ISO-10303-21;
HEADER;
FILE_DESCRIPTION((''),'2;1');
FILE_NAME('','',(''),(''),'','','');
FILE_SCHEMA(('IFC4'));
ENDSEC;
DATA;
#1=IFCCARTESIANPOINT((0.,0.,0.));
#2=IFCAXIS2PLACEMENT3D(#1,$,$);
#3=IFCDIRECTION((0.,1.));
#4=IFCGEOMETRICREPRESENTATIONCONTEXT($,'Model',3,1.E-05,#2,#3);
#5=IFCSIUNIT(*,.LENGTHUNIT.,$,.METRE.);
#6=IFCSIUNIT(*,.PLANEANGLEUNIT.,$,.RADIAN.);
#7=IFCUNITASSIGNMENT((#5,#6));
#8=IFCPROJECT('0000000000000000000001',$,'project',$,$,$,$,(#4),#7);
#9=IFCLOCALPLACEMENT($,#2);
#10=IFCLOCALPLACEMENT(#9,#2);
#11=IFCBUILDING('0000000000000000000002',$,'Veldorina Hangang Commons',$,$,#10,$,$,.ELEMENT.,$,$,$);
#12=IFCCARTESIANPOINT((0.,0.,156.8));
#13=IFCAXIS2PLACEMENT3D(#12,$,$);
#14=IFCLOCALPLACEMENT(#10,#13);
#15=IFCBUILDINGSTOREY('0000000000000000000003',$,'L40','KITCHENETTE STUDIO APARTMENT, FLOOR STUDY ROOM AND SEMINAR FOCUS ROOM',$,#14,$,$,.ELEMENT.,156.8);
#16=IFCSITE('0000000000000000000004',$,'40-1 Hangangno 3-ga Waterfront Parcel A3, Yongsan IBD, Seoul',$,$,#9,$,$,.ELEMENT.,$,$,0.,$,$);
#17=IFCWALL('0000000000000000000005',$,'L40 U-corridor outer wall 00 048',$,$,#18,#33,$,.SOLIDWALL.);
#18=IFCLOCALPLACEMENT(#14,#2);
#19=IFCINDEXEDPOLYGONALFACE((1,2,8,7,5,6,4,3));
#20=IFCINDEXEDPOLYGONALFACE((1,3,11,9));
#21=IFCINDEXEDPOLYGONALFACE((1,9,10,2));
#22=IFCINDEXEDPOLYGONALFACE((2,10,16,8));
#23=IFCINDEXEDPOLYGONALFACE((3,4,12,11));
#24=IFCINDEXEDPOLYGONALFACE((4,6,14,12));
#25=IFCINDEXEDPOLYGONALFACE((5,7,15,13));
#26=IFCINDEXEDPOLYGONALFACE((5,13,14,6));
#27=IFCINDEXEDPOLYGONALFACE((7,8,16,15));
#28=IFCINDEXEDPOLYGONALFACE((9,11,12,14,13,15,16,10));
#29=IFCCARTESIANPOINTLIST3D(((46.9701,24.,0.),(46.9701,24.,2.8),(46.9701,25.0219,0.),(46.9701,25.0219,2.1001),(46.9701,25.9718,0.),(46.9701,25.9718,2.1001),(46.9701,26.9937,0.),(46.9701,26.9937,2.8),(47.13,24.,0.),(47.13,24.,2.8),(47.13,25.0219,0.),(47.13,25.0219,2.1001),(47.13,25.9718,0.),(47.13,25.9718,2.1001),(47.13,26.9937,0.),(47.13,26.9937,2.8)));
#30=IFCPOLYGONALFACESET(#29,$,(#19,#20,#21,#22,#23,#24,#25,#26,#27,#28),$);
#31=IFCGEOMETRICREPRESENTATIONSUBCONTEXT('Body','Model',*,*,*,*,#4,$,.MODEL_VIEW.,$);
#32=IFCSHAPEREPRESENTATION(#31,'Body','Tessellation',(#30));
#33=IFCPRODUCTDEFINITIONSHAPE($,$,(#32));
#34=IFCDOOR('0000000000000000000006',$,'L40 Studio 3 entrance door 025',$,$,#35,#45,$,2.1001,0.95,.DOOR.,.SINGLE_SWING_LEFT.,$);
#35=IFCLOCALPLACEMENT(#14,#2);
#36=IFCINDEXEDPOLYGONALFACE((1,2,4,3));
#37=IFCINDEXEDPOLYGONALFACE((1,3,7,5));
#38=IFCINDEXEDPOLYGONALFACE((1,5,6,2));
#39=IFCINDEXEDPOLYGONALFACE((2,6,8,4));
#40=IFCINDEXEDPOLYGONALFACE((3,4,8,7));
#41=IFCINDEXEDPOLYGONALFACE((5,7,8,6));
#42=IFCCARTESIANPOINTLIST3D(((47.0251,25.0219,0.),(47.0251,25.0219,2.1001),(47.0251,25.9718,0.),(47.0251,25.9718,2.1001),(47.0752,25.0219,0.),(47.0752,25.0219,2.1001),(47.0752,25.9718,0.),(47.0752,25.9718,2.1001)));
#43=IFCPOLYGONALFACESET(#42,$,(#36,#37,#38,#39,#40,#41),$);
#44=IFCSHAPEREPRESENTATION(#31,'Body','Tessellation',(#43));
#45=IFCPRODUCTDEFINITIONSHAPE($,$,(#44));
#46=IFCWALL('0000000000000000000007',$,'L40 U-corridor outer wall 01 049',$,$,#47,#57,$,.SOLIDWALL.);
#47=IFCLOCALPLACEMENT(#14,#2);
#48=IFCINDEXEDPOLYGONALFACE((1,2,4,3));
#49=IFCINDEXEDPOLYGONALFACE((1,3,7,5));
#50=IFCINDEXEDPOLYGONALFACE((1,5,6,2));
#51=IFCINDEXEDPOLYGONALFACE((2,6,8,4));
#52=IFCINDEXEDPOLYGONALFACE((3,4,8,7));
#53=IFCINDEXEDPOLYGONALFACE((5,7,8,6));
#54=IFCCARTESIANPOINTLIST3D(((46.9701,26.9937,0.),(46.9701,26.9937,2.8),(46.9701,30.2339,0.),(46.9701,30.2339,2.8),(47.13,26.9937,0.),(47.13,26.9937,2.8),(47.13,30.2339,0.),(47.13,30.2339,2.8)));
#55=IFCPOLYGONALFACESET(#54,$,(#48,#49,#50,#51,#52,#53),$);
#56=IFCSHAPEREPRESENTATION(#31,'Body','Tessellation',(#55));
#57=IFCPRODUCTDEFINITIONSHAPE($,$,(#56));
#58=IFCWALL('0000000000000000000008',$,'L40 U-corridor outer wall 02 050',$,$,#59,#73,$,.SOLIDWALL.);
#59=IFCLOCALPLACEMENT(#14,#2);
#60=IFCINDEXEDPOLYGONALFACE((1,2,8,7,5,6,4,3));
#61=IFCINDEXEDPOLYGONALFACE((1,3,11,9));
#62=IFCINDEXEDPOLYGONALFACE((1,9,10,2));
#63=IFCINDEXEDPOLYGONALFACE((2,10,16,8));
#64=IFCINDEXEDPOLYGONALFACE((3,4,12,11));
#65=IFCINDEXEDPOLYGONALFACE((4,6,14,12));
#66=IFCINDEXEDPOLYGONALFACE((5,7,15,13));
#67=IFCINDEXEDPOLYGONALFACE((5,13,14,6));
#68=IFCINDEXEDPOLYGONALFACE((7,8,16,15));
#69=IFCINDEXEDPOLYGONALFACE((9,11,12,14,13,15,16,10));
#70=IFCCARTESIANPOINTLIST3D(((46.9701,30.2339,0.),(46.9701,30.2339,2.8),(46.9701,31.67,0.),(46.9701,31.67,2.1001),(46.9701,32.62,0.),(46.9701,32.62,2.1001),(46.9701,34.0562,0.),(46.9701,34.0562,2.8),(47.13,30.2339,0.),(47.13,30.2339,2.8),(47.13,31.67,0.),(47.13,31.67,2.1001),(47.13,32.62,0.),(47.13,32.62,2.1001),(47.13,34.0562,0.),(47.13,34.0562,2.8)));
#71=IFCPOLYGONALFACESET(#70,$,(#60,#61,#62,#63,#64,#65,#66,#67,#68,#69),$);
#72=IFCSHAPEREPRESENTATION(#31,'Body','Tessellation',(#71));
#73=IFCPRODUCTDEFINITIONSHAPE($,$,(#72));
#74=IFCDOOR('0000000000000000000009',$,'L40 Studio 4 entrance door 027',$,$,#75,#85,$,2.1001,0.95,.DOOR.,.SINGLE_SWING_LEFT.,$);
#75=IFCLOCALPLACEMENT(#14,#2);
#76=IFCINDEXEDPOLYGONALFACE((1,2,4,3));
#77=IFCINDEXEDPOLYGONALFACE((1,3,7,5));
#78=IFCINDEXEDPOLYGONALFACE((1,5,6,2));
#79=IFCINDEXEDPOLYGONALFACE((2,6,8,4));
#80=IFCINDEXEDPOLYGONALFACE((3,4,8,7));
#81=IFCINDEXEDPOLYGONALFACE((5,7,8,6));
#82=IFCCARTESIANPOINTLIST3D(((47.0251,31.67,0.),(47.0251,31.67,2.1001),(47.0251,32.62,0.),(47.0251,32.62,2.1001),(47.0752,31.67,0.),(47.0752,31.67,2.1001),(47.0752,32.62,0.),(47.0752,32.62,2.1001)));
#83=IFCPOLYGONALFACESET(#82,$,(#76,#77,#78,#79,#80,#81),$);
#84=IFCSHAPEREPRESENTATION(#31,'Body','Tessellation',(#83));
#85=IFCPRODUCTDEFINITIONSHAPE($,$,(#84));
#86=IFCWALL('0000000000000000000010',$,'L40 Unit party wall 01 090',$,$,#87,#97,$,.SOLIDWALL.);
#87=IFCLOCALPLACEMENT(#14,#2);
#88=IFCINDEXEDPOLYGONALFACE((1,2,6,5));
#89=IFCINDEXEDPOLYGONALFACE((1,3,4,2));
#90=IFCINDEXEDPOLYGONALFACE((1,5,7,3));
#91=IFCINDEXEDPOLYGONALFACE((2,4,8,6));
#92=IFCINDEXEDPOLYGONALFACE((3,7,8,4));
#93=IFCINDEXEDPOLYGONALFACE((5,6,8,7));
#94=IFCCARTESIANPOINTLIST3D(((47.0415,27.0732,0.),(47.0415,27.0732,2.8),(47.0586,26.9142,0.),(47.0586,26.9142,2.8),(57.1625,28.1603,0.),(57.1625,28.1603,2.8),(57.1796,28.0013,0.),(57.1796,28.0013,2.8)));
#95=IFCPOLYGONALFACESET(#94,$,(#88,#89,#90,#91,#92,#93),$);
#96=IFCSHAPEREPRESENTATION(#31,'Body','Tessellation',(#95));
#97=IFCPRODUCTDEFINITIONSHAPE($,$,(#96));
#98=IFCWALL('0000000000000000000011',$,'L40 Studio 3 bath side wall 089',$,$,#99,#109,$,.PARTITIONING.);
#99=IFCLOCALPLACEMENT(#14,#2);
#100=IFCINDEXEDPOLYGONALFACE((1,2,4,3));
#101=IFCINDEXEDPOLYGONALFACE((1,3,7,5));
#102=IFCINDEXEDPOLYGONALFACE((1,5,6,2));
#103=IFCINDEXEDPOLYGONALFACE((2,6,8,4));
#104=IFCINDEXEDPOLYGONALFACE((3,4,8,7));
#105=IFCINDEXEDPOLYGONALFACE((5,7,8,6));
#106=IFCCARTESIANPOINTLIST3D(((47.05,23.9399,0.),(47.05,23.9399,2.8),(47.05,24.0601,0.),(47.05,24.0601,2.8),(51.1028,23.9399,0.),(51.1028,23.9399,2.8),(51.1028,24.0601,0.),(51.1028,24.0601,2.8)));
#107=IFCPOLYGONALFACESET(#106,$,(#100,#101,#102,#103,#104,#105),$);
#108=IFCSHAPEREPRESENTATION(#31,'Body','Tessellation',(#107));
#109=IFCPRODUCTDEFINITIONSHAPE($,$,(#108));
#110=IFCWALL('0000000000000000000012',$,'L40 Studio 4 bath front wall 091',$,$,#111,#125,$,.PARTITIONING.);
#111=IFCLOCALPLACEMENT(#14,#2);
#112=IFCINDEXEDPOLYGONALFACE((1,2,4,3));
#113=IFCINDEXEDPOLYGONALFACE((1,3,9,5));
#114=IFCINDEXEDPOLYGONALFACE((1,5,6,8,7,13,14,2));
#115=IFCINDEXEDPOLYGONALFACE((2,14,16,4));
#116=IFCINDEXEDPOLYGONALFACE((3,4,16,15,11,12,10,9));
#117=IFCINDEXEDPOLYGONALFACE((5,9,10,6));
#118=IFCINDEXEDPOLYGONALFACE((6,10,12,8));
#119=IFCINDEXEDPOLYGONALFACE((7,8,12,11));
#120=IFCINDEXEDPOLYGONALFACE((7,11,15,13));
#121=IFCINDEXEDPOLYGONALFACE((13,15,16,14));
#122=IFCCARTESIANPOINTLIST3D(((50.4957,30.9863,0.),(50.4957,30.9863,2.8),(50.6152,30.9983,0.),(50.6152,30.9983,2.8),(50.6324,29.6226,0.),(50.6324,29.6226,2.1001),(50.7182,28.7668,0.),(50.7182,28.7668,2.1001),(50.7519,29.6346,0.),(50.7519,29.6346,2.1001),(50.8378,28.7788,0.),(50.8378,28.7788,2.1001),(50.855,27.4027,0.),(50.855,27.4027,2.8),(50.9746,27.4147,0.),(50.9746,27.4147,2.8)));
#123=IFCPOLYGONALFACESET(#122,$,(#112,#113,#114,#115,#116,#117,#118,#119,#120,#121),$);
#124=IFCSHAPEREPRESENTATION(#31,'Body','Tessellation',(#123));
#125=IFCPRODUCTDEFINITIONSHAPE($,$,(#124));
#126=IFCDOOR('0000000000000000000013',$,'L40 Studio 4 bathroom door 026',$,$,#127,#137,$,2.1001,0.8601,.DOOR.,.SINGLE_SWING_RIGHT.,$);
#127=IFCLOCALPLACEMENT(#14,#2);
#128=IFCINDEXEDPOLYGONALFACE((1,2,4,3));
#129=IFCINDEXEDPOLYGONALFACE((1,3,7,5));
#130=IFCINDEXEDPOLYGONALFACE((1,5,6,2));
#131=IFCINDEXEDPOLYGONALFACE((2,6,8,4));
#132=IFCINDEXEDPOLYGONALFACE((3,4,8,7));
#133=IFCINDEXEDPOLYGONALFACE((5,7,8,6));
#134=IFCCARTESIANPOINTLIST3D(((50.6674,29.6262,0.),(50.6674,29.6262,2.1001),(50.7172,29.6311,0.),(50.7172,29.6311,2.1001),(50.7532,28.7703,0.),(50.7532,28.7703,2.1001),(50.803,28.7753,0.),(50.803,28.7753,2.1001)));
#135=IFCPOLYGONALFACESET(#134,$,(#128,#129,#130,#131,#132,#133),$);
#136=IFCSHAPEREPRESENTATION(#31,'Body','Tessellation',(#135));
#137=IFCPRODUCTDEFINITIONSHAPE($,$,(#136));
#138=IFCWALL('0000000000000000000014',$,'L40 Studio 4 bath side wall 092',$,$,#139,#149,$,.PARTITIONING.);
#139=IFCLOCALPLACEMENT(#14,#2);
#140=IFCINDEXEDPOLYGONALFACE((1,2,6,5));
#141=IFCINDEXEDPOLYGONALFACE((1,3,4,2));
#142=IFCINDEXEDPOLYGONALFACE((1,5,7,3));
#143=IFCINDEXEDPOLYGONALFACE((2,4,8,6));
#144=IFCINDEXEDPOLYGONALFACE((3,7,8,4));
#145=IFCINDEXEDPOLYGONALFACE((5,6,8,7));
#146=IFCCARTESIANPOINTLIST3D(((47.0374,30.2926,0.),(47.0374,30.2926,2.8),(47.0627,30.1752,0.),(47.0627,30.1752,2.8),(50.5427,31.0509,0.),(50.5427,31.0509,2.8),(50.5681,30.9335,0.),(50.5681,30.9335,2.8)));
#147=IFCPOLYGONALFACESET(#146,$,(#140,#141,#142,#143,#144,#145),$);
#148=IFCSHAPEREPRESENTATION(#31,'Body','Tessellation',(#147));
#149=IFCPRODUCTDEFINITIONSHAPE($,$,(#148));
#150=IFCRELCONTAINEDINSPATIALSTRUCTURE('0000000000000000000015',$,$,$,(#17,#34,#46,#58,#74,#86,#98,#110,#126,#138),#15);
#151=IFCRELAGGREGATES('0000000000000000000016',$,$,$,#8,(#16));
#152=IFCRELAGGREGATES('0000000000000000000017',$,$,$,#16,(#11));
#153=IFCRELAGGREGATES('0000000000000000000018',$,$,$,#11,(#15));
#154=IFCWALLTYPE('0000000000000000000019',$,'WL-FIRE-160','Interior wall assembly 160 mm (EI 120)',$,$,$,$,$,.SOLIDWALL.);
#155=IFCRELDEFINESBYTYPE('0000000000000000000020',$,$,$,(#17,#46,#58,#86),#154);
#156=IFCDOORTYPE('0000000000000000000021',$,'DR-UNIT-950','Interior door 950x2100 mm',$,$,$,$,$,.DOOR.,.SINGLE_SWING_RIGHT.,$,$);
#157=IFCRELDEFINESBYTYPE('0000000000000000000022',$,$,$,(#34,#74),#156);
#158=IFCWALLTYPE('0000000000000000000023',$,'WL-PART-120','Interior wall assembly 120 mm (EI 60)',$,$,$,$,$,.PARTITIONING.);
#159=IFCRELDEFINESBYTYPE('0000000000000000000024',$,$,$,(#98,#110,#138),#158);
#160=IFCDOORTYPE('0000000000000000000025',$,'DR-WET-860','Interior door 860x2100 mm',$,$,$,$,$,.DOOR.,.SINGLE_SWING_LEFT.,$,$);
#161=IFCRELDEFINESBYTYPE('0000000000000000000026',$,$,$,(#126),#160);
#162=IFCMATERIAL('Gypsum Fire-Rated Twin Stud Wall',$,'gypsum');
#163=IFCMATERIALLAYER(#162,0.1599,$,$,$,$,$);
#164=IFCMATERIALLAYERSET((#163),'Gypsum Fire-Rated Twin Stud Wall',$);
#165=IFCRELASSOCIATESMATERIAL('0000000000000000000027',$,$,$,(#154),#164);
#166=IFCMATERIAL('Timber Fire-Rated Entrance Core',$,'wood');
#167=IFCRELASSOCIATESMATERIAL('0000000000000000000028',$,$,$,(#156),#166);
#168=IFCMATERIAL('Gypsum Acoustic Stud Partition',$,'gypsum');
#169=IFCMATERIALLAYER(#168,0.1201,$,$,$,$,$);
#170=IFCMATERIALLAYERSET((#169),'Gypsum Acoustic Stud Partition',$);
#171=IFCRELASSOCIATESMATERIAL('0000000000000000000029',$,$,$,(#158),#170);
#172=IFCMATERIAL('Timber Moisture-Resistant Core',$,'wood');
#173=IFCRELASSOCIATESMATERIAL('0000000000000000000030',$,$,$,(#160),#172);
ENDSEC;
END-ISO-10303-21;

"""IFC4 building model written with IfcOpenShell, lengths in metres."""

from ifc_helpers import new_model, si_unit, direction, frame, frame_2d, origin, place, context, subcontext, project, spatial, rectangle, extrude, material, layer, layer_set, type_object, element, fill, save


model = new_model("IFC4")

# Units and contexts
model_context = context("Model", 3, precision=1e-05, world=origin(), true_north=direction((0.0, 1.0)))
body_context = subcontext(model_context, "Body", "Model", "MODEL_VIEW")
ifc_project = project(units=[si_unit("LENGTHUNIT", "METRE"), si_unit("PLANEANGLEUNIT", "RADIAN")], contexts=[model_context])

# Site, building, storey
site_placement = place(None, origin())
site = spatial("IfcSite", under=ifc_project, at=site_placement, Name="40-1 Hangangno 3-ga Waterfront Parcel A3, Yongsan IBD, Seoul", CompositionType="ELEMENT", RefElevation=0.0)
building_placement = place(site_placement, origin())
building = spatial("IfcBuilding", under=site, at=building_placement, Name="Veldorina Hangang Commons", CompositionType="ELEMENT")
storey_placement = place(building_placement, frame((0.0, 0.0, 156.8)))
storey = spatial("IfcBuildingStorey", under=building, at=storey_placement, Name="L40", Description="KITCHENETTE STUDIO APARTMENT, FLOOR STUDY ROOM AND SEMINAR FOCUS ROOM", CompositionType="ELEMENT", Elevation=156.8)

# Wall, opening, door
ifc_material_1 = material(Name="Gypsum Fire-Rated Twin Stud Wall", Category="gypsum")
ifc_layer_1 = layer(ifc_material_1, 0.1599)
ifc_layer_set_1 = layer_set([ifc_layer_1], Name="Gypsum Fire-Rated Twin Stud Wall")
wall_type_1 = type_object("IfcWallType", Name="WL-FIRE-160", Description="Interior wall assembly 160 mm (EI 120)", PredefinedType="SOLIDWALL", material=ifc_layer_set_1)
wall_1_placement = place(storey_placement, frame((47.05, 24.0, 0.0), z_axis=(0.0, 0.0, 1.0), x_axis=(0.0, 1.0, 0.0)))
wall_1 = element("IfcWall", 1, at=wall_1_placement, inside=storey, type_object=wall_type_1, Name="L40 U-corridor outer wall 00 048", PredefinedType="SOLIDWALL", context=body_context, shape_type="SweptSolid", body=[
    extrude(rectangle(XDim=2.9937, YDim=0.1599, at=frame_2d((1.4968, 0.0))), origin(), (0.0, 0.0, 1.0), 2.8),
])
opening_1_placement = place(wall_1_placement, frame((1.0217, 0.0, 0.0)))
opening_1 = element("IfcOpeningElement", 2, at=opening_1_placement, cuts=wall_1, PredefinedType="OPENING", context=body_context, shape_type="SweptSolid", body=[
    extrude(rectangle(XDim=0.95, YDim=2.1001, at=frame_2d((0.4751, 1.05))), frame((0.0, 0.0898, 0.0), z_axis=(0.0, -1.0, 0.0), x_axis=(1.0, 0.0, 0.0)), (0.0, 0.0, 1.0), 0.1799),
])
ifc_material_2 = material(Name="Timber Fire-Rated Entrance Core", Category="wood")
door_type_1 = type_object("IfcDoorType", Name="DR-UNIT-950", Description="Interior door 950x2100 mm", OperationType="SINGLE_SWING_RIGHT", PredefinedType="DOOR", material=ifc_material_2)
door_1_placement = place(opening_1_placement, origin())
door_1 = element("IfcDoor", 3, at=door_1_placement, inside=storey, type_object=door_type_1, Name="L40 Studio 3 entrance door 025", OperationType="SINGLE_SWING_LEFT", OverallHeight=2.1001, OverallWidth=0.95, PredefinedType="DOOR", context=body_context, shape_type="SweptSolid", body=[
    extrude(rectangle(XDim=0.95, YDim=2.1001, at=frame_2d((0.4751, 1.05))), frame((0.0, 0.0249, 0.0), z_axis=(0.0, -1.0, 0.0), x_axis=(1.0, 0.0, 0.0)), (0.0, 0.0, 1.0), 0.05),
])
fill(opening_1, door_1)

# Wall
wall_2_placement = place(storey_placement, frame((47.05, 26.9937, 0.0), z_axis=(0.0, 0.0, 1.0), x_axis=(0.0, 1.0, 0.0)))
element("IfcWall", 4, at=wall_2_placement, inside=storey, type_object=wall_type_1, Name="L40 U-corridor outer wall 01 049", PredefinedType="SOLIDWALL", context=body_context, shape_type="SweptSolid", body=[
    extrude(rectangle(XDim=3.2402, YDim=0.1599, at=frame_2d((1.6201, 0.0))), origin(), (0.0, 0.0, 1.0), 2.8),
])

# Wall, opening, door
wall_3_placement = place(storey_placement, frame((47.05, 30.2339, 0.0), z_axis=(0.0, 0.0, 1.0), x_axis=(0.0, 1.0, 0.0)))
wall_3 = element("IfcWall", 5, at=wall_3_placement, inside=storey, type_object=wall_type_1, Name="L40 U-corridor outer wall 02 050", PredefinedType="SOLIDWALL", context=body_context, shape_type="SweptSolid", body=[
    extrude(rectangle(XDim=3.8223, YDim=0.1599, at=frame_2d((1.9111, 0.0))), origin(), (0.0, 0.0, 1.0), 2.8),
])
opening_2_placement = place(wall_3_placement, frame((1.436, 0.0, 0.0)))
opening_2 = element("IfcOpeningElement", 6, at=opening_2_placement, cuts=wall_3, PredefinedType="OPENING", context=body_context, shape_type="SweptSolid", body=[
    extrude(rectangle(XDim=0.95, YDim=2.1001, at=frame_2d((0.4751, 1.05))), frame((0.0, 0.0898, 0.0), z_axis=(0.0, -1.0, 0.0), x_axis=(1.0, 0.0, 0.0)), (0.0, 0.0, 1.0), 0.1799),
])
door_2_placement = place(opening_2_placement, origin())
door_2 = element("IfcDoor", 7, at=door_2_placement, inside=storey, type_object=door_type_1, Name="L40 Studio 4 entrance door 027", OperationType="SINGLE_SWING_LEFT", OverallHeight=2.1001, OverallWidth=0.95, PredefinedType="DOOR", context=body_context, shape_type="SweptSolid", body=[
    extrude(rectangle(XDim=0.95, YDim=2.1001, at=frame_2d((0.4751, 1.05))), frame((0.0, 0.0249, 0.0), z_axis=(0.0, -1.0, 0.0), x_axis=(1.0, 0.0, 0.0)), (0.0, 0.0, 1.0), 0.05),
])
fill(opening_2, door_2)

# Walls
wall_4_placement = place(storey_placement, frame((47.05, 26.9937, 0.0), z_axis=(0.0, 0.0, 1.0), x_axis=(0.99428, 0.106801, 0.0)))
element("IfcWall", 8, at=wall_4_placement, inside=storey, type_object=wall_type_1, Name="L40 Unit party wall 01 090", PredefinedType="SOLIDWALL", context=body_context, shape_type="SweptSolid", body=[
    extrude(rectangle(XDim=10.1792, YDim=0.1599, at=frame_2d((5.0896, 0.0))), origin(), (0.0, 0.0, 1.0), 2.8),
])
ifc_material_3 = material(Name="Gypsum Acoustic Stud Partition", Category="gypsum")
ifc_layer_2 = layer(ifc_material_3, 0.1201)
ifc_layer_set_2 = layer_set([ifc_layer_2], Name="Gypsum Acoustic Stud Partition")
wall_type_2 = type_object("IfcWallType", Name="WL-PART-120", Description="Interior wall assembly 120 mm (EI 60)", PredefinedType="PARTITIONING", material=ifc_layer_set_2)
wall_5_placement = place(storey_placement, frame((47.05, 24.0, 0.0), z_axis=(0.0, 0.0, 1.0), x_axis=(1.0, 0.0, 0.0)))
element("IfcWall", 9, at=wall_5_placement, inside=storey, type_object=wall_type_2, Name="L40 Studio 3 bath side wall 089", PredefinedType="PARTITIONING", context=body_context, shape_type="SweptSolid", body=[
    extrude(rectangle(XDim=4.0527, YDim=0.1201, at=frame_2d((2.0264, 0.0))), origin(), (0.0, 0.0, 1.0), 2.8),
])

# Wall, opening, door
wall_6_placement = place(storey_placement, frame((50.9148, 27.4087, 0.0), z_axis=(0.0, 0.0, 1.0), x_axis=(-0.099786, 0.995009, 0.0)))
wall_6 = element("IfcWall", 10, at=wall_6_placement, inside=storey, type_object=wall_type_2, Name="L40 Studio 4 bath front wall 091", PredefinedType="PARTITIONING", context=body_context, shape_type="SweptSolid", body=[
    extrude(rectangle(XDim=3.6016, YDim=0.1201, at=frame_2d((1.8008, 0.0))), origin(), (0.0, 0.0, 1.0), 2.8),
])
opening_3_placement = place(wall_6_placement, frame((1.3708, 0.0, 0.0)))
opening_3 = element("IfcOpeningElement", 11, at=opening_3_placement, cuts=wall_6, PredefinedType="OPENING", context=body_context, shape_type="SweptSolid", body=[
    extrude(rectangle(XDim=0.8601, YDim=2.1001, at=frame_2d((0.4302, 1.05))), frame((0.0, 0.0701, 0.0), z_axis=(0.0, -1.0, 0.0), x_axis=(1.0, 0.0, 0.0)), (0.0, 0.0, 1.0), 0.1401),
])
ifc_material_4 = material(Name="Timber Moisture-Resistant Core", Category="wood")
door_type_2 = type_object("IfcDoorType", Name="DR-WET-860", Description="Interior door 860x2100 mm", OperationType="SINGLE_SWING_LEFT", PredefinedType="DOOR", material=ifc_material_4)
door_3_placement = place(opening_3_placement, origin())
door_3 = element("IfcDoor", 12, at=door_3_placement, inside=storey, type_object=door_type_2, Name="L40 Studio 4 bathroom door 026", OperationType="SINGLE_SWING_RIGHT", OverallHeight=2.1001, OverallWidth=0.8601, PredefinedType="DOOR", context=body_context, shape_type="SweptSolid", body=[
    extrude(rectangle(XDim=0.8601, YDim=2.1001, at=frame_2d((0.4302, 1.05))), frame((0.0, 0.0249, 0.0), z_axis=(0.0, -1.0, 0.0), x_axis=(1.0, 0.0, 0.0)), (0.0, 0.0, 1.0), 0.05),
])
fill(opening_3, door_3)

# Wall
wall_7_placement = place(storey_placement, frame((47.05, 30.2339, 0.0), z_axis=(0.0, 0.0, 1.0), x_axis=(0.977392, 0.211435, 0.0)))
element("IfcWall", 13, at=wall_7_placement, inside=storey, type_object=wall_type_2, Name="L40 Studio 4 bath side wall 092", PredefinedType="PARTITIONING", context=body_context, shape_type="SweptSolid", body=[
    extrude(rectangle(XDim=3.5864, YDim=0.1201, at=frame_2d((1.7932, 0.0))), origin(), (0.0, 0.0, 1.0), 2.8),
])

save(model, "model.ifc")
